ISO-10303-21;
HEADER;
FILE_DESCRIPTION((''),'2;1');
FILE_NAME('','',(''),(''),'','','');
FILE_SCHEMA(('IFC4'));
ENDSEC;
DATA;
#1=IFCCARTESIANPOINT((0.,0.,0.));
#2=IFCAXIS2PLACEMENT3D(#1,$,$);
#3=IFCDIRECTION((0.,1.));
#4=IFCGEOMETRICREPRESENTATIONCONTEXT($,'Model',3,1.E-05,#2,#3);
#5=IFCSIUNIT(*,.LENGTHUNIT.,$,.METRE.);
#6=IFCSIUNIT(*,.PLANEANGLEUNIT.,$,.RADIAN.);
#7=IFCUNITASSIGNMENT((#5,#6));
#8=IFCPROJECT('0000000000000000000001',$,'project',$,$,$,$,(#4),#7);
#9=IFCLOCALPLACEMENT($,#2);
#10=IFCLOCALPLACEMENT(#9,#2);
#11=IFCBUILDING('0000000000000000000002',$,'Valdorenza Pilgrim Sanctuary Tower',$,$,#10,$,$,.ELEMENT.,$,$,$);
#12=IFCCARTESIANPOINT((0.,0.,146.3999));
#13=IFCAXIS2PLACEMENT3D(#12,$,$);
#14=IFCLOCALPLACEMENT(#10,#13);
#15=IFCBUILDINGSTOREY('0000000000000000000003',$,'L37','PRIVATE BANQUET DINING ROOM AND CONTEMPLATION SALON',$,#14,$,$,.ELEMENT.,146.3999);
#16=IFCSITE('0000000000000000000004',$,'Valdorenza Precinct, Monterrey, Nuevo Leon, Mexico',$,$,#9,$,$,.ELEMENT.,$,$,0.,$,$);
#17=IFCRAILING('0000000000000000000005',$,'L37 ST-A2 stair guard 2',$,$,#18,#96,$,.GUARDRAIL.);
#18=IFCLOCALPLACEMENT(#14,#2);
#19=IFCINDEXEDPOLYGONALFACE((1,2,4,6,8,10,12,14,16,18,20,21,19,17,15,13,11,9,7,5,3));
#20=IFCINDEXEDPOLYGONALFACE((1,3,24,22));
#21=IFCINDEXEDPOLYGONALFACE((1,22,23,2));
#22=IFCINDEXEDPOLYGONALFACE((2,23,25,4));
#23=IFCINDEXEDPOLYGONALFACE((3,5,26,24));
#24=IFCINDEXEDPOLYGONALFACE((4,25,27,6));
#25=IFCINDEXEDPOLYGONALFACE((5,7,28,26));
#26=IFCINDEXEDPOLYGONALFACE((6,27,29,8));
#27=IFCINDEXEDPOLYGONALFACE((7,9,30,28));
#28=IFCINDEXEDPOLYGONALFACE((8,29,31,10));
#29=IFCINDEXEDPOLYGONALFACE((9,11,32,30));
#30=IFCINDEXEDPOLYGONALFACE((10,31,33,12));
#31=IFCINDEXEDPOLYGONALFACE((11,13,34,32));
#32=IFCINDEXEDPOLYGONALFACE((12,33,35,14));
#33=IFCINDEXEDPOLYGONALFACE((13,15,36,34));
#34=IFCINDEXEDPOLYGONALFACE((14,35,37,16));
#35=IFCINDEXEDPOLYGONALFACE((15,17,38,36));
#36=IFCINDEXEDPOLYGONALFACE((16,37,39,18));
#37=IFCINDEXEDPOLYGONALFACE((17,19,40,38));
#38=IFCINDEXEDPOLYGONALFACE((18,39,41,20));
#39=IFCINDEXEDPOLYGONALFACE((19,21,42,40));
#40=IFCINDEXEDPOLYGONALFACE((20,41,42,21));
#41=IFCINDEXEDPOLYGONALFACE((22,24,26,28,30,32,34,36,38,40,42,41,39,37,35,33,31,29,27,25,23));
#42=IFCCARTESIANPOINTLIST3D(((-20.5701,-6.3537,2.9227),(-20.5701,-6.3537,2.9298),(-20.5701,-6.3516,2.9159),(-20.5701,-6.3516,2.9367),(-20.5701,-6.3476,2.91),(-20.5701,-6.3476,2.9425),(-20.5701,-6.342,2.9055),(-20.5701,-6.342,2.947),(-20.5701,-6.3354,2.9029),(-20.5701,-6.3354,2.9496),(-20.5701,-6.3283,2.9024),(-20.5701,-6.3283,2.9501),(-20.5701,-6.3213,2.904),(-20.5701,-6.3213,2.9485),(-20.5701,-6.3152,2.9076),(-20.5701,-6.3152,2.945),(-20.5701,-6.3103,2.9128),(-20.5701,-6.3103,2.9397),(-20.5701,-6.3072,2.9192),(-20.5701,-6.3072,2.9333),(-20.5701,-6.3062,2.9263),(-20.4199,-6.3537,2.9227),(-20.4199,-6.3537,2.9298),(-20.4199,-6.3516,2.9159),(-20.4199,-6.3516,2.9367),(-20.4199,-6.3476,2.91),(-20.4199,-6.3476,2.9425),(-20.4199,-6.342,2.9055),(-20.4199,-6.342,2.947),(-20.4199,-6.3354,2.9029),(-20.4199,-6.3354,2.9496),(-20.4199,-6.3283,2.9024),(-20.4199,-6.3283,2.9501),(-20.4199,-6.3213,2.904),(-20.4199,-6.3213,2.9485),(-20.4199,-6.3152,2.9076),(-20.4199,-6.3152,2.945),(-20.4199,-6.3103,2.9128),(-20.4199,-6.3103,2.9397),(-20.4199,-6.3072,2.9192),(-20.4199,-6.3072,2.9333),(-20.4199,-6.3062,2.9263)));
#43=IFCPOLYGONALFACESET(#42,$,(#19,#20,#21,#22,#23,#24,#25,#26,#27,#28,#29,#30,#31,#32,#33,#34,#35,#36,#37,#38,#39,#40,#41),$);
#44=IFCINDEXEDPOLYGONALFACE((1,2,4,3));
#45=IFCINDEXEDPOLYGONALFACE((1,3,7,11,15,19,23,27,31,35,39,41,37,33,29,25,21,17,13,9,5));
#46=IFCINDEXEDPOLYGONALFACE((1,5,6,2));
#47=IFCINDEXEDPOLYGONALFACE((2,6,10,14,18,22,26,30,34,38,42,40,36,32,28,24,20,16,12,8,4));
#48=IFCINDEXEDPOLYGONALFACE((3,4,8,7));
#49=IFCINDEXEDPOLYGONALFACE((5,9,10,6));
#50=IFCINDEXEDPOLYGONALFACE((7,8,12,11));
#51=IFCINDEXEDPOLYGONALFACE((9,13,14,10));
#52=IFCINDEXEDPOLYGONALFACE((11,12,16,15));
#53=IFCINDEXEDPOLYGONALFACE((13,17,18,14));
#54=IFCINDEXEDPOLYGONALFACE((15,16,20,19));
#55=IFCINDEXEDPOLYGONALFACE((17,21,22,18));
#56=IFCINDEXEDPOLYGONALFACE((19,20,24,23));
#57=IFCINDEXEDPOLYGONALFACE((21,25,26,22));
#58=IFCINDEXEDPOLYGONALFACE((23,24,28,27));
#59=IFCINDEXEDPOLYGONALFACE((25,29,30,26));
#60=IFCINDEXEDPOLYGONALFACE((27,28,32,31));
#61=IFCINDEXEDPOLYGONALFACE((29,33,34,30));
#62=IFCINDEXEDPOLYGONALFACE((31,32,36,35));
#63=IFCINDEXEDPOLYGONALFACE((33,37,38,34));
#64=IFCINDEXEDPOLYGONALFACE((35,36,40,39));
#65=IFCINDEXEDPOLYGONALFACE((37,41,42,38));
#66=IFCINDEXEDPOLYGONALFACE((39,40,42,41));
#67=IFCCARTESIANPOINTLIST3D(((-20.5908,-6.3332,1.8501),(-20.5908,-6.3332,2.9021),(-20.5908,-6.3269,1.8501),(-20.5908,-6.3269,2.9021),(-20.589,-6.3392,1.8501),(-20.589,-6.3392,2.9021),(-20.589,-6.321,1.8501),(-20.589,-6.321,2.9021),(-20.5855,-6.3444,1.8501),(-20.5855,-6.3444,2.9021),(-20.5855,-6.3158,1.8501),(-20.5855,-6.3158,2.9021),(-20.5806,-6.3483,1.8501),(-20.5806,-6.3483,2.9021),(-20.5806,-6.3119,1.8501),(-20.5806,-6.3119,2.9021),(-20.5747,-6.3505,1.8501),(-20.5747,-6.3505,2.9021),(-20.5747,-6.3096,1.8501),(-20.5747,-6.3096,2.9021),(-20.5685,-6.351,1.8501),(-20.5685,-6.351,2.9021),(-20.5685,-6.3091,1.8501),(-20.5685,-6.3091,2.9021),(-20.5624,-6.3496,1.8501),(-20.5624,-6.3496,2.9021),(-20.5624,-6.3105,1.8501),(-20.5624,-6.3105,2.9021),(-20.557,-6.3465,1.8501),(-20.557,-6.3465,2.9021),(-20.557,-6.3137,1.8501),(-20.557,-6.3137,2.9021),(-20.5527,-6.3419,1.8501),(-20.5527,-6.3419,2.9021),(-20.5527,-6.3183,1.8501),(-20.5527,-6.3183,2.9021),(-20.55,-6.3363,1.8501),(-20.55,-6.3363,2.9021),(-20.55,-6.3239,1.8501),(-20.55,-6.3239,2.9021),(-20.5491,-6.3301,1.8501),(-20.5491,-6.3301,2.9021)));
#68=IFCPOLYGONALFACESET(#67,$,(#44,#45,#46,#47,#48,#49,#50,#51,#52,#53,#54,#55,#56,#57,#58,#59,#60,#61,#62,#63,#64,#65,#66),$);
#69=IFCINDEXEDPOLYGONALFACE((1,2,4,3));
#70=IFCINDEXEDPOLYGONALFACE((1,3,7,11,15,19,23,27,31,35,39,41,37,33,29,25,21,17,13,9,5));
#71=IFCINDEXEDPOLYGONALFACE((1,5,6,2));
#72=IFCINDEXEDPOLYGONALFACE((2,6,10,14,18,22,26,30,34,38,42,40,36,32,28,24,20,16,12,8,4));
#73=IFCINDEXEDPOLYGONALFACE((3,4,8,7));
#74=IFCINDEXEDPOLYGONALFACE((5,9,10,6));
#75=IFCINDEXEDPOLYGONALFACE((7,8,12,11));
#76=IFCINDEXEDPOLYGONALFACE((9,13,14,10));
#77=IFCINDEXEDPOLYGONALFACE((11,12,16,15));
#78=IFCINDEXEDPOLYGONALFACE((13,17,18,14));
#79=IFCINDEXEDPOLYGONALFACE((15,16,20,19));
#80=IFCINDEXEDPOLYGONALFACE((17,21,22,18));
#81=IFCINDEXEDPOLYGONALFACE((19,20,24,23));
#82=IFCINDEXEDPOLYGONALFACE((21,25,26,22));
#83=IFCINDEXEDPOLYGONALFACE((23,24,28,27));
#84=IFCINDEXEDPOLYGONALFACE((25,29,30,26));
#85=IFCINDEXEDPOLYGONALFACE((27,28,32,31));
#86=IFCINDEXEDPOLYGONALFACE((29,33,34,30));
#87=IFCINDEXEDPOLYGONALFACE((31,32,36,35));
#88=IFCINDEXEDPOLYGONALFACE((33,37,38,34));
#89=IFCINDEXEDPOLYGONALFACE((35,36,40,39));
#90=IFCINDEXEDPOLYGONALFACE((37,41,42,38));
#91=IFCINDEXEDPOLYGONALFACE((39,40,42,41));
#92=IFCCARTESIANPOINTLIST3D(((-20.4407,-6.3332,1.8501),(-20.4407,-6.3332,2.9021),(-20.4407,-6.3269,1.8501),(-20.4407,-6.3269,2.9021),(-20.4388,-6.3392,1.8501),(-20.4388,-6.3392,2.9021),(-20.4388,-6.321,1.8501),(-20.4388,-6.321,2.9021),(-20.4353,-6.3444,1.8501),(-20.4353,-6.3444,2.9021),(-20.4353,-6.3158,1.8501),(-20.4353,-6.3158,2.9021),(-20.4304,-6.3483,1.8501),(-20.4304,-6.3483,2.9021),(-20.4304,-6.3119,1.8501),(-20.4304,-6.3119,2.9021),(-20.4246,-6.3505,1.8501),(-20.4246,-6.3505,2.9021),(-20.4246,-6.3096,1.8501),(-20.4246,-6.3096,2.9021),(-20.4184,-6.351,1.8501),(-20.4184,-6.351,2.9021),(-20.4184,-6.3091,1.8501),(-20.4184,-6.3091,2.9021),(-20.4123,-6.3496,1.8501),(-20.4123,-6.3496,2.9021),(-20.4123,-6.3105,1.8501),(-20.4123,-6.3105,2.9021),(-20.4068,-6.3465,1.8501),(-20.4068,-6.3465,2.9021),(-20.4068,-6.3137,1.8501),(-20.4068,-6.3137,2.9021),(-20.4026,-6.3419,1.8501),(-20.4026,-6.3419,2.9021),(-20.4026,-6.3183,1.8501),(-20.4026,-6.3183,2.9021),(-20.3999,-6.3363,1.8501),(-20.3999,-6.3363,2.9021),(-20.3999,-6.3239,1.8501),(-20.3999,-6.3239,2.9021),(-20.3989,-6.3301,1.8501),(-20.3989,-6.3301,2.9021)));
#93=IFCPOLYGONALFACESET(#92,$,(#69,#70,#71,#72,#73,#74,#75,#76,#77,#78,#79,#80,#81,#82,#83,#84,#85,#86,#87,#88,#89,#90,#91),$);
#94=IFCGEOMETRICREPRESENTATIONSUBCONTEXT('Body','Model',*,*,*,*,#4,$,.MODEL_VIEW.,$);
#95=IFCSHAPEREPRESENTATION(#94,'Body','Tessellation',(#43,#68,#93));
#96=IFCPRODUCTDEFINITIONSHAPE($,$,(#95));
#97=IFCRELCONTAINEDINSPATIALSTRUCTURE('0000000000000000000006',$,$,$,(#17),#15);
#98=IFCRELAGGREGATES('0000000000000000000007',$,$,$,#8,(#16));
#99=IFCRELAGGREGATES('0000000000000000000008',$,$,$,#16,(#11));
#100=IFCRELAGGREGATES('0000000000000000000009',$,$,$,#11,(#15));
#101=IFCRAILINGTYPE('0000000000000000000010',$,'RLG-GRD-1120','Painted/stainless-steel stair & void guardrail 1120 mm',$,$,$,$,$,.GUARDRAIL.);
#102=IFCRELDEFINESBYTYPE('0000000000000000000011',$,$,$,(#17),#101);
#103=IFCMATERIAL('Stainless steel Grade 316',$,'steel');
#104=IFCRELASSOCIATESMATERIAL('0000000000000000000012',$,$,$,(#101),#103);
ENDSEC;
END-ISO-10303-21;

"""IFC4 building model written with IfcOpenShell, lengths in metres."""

from ifc_helpers import new_model, si_unit, direction, frame, origin, origin_2d, place, context, subcontext, project, spatial, circle, extrude, material, type_object, element, save


model = new_model("IFC4")

# Units and contexts
model_context = context("Model", 3, precision=1e-05, world=origin(), true_north=direction((0.0, 1.0)))
body_context = subcontext(model_context, "Body", "Model", "MODEL_VIEW")
ifc_project = project(units=[si_unit("LENGTHUNIT", "METRE"), si_unit("PLANEANGLEUNIT", "RADIAN")], contexts=[model_context])

# Site, building, storey
site_placement = place(None, origin())
site = spatial("IfcSite", under=ifc_project, at=site_placement, Name="Valdorenza Precinct, Monterrey, Nuevo Leon, Mexico", CompositionType="ELEMENT", RefElevation=0.0)
building_placement = place(site_placement, origin())
building = spatial("IfcBuilding", under=site, at=building_placement, Name="Valdorenza Pilgrim Sanctuary Tower", CompositionType="ELEMENT")
storey_placement = place(building_placement, frame((0.0, 0.0, 146.3999)))
storey = spatial("IfcBuildingStorey", under=building, at=storey_placement, Name="L37", Description="PRIVATE BANQUET DINING ROOM AND CONTEMPLATION SALON", CompositionType="ELEMENT", Elevation=146.3999)

# Railing
ifc_material_1 = material(Name="Stainless steel Grade 316", Category="steel")
railing_type_1 = type_object("IfcRailingType", Name="RLG-GRD-1120", Description="Painted/stainless-steel stair & void guardrail 1120 mm", PredefinedType="GUARDRAIL", material=ifc_material_1)
railing_1_placement = place(storey_placement, frame((-20.5701, -6.3301, 1.8501)))
element("IfcRailing", 1, at=railing_1_placement, inside=storey, type_object=railing_type_1, Name="L37 ST-A2 stair guard 2", PredefinedType="GUARDRAIL", context=body_context, shape_type="SweptSolid", body=[
    extrude(circle(Radius=0.0239, at=origin_2d()), frame((0.0, 0.0, 1.0762), z_axis=(1.0, 0.0, 0.0), x_axis=(0.0, 1.0, 0.0)), (0.0, 0.0, 1.0), 0.1501),
    extrude(circle(Radius=0.021, at=origin_2d()), origin(), (0.0, 0.0, 1.0), 1.052),
    extrude(circle(Radius=0.021, at=origin_2d()), frame((0.1501, 0.0, 0.0)), (0.0, 0.0, 1.0), 1.052),
])

save(model, "model.ifc")
